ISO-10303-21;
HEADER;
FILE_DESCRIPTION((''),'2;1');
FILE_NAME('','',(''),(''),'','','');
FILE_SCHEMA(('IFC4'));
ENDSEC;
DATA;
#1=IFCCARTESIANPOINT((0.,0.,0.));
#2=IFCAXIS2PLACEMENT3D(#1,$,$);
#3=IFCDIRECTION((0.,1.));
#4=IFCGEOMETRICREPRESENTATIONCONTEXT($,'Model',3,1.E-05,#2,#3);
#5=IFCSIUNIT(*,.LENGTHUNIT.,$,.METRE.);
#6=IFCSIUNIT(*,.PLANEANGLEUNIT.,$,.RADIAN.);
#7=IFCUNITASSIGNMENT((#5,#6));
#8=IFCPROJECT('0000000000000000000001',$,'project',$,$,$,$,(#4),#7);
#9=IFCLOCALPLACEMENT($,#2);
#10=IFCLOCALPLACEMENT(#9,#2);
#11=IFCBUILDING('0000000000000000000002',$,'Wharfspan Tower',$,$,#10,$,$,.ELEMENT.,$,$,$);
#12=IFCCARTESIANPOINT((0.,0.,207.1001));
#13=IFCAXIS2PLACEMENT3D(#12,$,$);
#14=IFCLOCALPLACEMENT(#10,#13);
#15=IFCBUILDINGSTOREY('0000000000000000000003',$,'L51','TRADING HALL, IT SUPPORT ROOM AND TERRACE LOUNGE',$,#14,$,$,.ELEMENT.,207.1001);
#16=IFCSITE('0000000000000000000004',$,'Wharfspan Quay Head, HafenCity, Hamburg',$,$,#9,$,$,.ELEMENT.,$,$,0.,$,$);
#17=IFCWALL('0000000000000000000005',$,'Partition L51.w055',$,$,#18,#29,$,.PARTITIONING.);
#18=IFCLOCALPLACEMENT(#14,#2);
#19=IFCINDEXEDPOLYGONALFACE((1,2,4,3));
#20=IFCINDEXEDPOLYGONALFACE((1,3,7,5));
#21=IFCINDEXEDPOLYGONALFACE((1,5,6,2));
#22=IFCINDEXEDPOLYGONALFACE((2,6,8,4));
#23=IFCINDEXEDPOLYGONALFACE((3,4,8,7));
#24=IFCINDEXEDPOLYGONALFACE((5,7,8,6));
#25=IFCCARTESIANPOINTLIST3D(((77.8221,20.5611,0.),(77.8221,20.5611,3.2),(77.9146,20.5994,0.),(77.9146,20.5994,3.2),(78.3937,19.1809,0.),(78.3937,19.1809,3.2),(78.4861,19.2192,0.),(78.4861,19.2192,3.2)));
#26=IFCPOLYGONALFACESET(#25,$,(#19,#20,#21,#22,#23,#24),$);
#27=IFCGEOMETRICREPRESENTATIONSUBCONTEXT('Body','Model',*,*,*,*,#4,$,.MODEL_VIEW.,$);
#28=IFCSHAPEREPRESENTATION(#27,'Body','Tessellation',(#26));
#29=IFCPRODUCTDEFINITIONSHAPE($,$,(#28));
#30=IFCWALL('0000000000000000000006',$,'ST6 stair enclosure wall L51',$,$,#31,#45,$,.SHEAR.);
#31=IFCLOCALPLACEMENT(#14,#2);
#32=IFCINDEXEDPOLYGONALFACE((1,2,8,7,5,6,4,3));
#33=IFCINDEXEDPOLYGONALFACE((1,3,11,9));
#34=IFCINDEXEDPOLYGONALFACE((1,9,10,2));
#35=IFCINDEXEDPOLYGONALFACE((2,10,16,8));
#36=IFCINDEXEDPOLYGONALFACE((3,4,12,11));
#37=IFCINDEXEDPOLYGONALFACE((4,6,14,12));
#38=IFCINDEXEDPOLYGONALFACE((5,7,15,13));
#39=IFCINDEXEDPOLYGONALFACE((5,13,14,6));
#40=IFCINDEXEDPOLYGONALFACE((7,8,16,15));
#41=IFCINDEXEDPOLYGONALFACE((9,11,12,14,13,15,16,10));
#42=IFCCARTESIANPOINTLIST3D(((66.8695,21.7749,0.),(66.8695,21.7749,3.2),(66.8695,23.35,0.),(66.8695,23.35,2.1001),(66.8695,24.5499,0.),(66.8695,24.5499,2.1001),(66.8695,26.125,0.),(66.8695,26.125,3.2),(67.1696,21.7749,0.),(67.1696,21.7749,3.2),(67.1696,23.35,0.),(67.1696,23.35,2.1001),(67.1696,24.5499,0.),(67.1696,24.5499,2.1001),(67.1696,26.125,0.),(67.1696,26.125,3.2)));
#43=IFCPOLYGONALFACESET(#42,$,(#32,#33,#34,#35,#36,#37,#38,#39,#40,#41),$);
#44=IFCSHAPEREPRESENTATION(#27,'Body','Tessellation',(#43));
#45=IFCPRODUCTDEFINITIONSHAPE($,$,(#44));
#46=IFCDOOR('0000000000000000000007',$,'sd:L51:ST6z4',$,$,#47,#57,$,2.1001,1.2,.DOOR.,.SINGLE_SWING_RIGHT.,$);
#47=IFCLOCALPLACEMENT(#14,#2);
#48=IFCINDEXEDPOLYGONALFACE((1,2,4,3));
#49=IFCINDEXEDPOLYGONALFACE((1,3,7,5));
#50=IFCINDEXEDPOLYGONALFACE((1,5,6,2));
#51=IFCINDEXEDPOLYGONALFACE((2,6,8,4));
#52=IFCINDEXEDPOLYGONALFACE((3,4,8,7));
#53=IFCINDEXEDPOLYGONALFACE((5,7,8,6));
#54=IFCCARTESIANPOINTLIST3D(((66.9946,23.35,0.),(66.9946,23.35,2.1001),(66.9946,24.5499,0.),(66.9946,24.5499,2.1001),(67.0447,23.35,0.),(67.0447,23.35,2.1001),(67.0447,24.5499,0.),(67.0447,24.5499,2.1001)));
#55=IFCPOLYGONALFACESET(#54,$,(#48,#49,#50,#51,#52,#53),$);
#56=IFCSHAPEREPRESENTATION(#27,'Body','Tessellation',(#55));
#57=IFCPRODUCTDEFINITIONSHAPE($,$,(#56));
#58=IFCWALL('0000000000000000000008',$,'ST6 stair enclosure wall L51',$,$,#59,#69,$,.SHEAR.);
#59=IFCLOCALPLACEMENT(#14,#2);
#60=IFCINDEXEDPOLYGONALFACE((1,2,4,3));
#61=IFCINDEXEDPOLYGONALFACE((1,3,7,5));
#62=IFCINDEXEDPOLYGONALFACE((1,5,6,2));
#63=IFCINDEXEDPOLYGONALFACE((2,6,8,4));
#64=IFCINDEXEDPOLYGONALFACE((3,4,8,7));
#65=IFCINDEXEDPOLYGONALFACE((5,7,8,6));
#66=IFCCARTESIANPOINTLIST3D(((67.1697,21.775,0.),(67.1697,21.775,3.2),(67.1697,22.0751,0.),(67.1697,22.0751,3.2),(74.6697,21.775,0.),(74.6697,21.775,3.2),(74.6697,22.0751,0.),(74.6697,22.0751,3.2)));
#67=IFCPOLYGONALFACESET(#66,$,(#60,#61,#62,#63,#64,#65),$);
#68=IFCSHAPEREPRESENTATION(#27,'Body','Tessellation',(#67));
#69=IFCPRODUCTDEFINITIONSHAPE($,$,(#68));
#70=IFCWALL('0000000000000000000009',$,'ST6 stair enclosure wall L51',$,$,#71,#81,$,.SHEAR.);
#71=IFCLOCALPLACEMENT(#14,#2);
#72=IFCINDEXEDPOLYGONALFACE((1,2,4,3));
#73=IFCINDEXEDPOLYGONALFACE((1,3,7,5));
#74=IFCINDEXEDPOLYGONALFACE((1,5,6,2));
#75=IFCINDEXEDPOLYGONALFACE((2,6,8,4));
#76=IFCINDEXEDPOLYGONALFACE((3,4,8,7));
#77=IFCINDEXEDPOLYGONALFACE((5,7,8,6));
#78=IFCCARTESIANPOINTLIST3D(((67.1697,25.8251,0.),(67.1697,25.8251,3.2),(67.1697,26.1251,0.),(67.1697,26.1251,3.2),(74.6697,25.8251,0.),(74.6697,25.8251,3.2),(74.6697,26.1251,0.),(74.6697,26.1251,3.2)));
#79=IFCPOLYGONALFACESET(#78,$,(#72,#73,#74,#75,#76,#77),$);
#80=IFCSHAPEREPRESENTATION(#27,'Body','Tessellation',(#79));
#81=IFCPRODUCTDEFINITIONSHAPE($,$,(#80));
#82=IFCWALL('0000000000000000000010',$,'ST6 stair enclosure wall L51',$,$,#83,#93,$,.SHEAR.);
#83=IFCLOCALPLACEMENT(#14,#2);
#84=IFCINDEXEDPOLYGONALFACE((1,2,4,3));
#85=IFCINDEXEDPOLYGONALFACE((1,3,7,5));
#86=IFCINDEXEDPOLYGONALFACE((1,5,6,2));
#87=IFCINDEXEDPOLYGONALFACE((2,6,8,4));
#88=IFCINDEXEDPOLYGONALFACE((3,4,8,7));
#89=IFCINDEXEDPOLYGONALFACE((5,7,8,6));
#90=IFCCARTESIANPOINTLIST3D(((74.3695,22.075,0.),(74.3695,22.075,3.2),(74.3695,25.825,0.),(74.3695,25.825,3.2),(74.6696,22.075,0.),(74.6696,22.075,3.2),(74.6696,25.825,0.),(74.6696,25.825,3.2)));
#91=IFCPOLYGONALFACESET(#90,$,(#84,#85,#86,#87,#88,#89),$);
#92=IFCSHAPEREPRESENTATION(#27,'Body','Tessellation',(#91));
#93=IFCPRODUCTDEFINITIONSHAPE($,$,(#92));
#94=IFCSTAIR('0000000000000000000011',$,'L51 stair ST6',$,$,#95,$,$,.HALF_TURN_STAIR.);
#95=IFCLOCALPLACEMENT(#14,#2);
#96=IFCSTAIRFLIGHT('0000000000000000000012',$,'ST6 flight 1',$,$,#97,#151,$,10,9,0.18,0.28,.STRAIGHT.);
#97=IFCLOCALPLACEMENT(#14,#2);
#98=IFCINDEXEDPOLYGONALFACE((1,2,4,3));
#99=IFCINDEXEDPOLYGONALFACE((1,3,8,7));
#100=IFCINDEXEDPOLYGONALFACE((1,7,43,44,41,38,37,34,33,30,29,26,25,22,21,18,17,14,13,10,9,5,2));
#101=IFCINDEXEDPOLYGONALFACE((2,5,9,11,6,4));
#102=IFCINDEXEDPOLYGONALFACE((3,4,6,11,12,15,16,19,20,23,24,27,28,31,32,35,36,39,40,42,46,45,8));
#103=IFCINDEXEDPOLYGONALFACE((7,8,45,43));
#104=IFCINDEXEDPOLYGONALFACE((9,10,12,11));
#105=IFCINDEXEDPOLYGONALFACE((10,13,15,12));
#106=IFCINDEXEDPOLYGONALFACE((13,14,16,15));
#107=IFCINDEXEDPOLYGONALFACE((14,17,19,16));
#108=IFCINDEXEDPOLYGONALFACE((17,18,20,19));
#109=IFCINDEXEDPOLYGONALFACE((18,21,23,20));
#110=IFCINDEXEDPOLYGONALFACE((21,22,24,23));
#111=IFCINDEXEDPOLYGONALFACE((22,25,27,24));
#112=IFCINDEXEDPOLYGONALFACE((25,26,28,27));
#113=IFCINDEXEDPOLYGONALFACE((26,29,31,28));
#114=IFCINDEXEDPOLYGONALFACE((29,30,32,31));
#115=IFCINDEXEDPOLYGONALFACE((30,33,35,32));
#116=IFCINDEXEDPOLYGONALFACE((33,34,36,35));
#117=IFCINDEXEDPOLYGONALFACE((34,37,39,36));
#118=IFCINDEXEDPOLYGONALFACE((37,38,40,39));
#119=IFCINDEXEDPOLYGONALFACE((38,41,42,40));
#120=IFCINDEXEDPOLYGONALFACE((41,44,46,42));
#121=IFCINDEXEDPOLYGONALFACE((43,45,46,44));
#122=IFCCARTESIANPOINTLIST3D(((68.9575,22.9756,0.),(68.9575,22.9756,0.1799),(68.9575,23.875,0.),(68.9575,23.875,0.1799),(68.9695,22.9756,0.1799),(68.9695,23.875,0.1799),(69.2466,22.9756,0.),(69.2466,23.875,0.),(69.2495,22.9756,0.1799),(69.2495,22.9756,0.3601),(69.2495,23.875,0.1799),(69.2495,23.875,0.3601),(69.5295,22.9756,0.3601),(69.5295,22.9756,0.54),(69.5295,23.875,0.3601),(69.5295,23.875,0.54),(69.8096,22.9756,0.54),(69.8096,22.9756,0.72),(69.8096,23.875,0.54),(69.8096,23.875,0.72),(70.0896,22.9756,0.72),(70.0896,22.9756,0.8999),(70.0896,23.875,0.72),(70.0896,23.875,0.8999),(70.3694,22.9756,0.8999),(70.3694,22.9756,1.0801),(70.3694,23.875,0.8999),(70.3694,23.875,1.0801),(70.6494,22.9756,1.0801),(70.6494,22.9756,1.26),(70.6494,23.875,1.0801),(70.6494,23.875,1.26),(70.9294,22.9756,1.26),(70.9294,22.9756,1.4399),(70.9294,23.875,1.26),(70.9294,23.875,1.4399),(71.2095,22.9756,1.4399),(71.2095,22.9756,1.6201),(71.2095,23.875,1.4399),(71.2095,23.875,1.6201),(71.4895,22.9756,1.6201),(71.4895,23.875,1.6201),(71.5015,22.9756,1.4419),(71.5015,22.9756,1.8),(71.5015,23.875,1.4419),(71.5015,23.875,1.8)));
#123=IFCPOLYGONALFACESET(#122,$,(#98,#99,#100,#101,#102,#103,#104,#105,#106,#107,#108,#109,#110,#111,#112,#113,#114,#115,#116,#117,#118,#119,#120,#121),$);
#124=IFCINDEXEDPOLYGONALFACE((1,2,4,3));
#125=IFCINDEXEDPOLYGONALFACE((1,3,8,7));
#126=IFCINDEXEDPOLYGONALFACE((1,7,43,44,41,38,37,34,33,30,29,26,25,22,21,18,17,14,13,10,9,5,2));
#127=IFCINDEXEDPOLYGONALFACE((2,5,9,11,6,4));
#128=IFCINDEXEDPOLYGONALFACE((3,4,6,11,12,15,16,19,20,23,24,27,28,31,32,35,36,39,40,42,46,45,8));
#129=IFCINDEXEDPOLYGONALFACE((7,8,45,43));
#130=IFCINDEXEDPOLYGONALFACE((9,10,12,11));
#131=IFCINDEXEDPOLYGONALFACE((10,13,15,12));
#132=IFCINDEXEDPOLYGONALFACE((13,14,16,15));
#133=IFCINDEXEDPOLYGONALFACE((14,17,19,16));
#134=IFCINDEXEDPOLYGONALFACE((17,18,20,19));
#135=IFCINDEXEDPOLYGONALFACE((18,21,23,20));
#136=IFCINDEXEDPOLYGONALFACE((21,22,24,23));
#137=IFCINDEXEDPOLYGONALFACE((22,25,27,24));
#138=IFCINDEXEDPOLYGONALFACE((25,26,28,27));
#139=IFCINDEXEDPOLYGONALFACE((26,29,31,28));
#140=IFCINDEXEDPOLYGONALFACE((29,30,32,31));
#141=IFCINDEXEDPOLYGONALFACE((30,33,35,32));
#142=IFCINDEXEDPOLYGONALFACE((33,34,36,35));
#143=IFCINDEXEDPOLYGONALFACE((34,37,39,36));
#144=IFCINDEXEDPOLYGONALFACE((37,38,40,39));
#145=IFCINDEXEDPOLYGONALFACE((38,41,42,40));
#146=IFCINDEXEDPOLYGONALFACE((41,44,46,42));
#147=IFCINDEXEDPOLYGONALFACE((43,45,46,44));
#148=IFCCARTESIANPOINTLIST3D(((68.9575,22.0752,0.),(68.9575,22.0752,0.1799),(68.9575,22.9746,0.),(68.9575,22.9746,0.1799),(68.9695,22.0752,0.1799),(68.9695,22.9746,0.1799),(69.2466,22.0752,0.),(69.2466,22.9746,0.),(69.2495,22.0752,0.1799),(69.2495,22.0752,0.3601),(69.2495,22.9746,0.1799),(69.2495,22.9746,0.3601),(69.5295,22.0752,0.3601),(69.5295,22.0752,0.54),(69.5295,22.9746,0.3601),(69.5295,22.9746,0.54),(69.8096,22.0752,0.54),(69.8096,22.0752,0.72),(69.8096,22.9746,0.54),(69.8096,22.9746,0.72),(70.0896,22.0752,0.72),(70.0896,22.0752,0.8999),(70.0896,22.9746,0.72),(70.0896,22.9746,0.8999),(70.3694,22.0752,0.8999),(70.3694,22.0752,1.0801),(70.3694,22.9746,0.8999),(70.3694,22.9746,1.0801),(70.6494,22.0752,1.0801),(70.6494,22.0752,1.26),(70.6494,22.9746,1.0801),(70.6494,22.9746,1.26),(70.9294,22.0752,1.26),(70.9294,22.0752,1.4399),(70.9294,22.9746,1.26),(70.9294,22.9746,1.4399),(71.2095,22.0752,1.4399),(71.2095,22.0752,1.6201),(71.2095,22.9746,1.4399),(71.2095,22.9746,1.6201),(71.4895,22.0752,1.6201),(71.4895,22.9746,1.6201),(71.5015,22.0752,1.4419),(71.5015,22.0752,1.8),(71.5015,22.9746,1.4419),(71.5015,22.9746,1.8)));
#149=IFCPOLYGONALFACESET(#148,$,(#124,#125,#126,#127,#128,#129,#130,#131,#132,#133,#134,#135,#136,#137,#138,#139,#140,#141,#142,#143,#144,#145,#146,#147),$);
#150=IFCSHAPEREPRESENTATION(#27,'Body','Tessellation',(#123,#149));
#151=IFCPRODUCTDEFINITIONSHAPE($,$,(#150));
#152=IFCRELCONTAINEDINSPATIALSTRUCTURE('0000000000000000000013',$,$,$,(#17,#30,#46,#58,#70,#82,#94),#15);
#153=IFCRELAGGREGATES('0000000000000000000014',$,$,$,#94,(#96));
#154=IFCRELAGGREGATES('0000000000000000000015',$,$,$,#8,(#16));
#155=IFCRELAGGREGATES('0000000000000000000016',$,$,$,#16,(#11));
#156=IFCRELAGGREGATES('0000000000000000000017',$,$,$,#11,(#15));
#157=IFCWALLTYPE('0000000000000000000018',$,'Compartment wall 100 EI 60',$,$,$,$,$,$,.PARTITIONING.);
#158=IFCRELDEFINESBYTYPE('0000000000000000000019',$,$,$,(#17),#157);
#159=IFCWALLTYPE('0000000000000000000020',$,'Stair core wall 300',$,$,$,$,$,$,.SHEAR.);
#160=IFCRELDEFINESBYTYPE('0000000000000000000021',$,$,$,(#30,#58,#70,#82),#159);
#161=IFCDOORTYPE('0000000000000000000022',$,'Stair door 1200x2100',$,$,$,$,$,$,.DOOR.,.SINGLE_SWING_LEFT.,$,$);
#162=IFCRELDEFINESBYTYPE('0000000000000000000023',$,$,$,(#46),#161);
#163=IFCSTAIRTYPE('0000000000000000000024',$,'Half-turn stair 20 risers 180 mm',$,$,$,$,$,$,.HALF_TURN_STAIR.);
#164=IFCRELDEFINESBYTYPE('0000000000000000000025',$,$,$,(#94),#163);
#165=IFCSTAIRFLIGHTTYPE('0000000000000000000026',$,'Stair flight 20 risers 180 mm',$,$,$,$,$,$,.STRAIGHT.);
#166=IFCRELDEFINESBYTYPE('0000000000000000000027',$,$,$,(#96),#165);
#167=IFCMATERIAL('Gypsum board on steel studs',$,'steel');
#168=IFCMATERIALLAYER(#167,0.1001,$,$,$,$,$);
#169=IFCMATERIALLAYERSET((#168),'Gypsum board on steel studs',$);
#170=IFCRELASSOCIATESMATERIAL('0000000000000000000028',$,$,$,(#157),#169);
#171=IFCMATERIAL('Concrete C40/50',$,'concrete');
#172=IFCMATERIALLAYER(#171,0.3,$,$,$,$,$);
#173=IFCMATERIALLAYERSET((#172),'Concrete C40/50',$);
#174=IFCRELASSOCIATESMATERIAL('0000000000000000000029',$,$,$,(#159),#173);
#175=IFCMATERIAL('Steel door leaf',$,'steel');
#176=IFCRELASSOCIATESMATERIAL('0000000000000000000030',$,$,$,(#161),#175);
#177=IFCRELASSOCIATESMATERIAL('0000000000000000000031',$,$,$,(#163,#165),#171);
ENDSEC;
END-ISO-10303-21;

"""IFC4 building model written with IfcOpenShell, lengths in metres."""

from ifc_helpers import new_model, si_unit, direction, frame, frame_2d, origin, place, context, subcontext, project, spatial, polyline, rectangle, outline, extrude, material, layer, layer_set, type_object, element, fill, aggregate, save


model = new_model("IFC4")

# Units and contexts
model_context = context("Model", 3, precision=1e-05, world=origin(), true_north=direction((0.0, 1.0)))
body_context = subcontext(model_context, "Body", "Model", "MODEL_VIEW")
ifc_project = project(units=[si_unit("LENGTHUNIT", "METRE"), si_unit("PLANEANGLEUNIT", "RADIAN")], contexts=[model_context])

# Site, building, storey
site_placement = place(None, origin())
site = spatial("IfcSite", under=ifc_project, at=site_placement, Name="Wharfspan Quay Head, HafenCity, Hamburg", CompositionType="ELEMENT", RefElevation=0.0)
building_placement = place(site_placement, origin())
building = spatial("IfcBuilding", under=site, at=building_placement, Name="Wharfspan Tower", CompositionType="ELEMENT")
storey_placement = place(building_placement, frame((0.0, 0.0, 207.1001)))
storey = spatial("IfcBuildingStorey", under=building, at=storey_placement, Name="L51", Description="TRADING HALL, IT SUPPORT ROOM AND TERRACE LOUNGE", CompositionType="ELEMENT", Elevation=207.1001)

# Shared definitions
ifc_material_1 = material(Name="Gypsum board on steel studs", Category="steel")
ifc_layer_1 = layer(ifc_material_1, 0.1001)
ifc_layer_set_1 = layer_set([ifc_layer_1], Name="Gypsum board on steel studs")
wall_type_1 = type_object("IfcWallType", Name="Compartment wall 100 EI 60", PredefinedType="PARTITIONING", material=ifc_layer_set_1)

# Wall
wall_1_placement = place(storey_placement, frame((78.4399, 19.2, 0.0), z_axis=(0.0, 0.0, 1.0), x_axis=(-0.382605, 0.923907, 0.0)))
element("IfcWall", 1, at=wall_1_placement, inside=storey, type_object=wall_type_1, Name="Partition L51.w055", PredefinedType="PARTITIONING", context=body_context, shape_type="SweptSolid", body=[
    extrude(rectangle(XDim=1.4939, YDim=0.1001, at=frame_2d((0.7471, 0.0))), origin(), (0.0, 0.0, 1.0), 3.2),
])

# Wall, opening, door
ifc_material_2 = material(Name="Concrete C40/50", Category="concrete")
ifc_layer_2 = layer(ifc_material_2, 0.3)
ifc_layer_set_2 = layer_set([ifc_layer_2], Name="Concrete C40/50")
wall_type_2 = type_object("IfcWallType", Name="Stair core wall 300", PredefinedType="SHEAR", material=ifc_layer_set_2)
wall_2_placement = place(storey_placement, frame((67.0195, 21.7749, 0.0), z_axis=(0.0, 0.0, 1.0), x_axis=(0.0, 1.0, 0.0)))
wall_2 = element("IfcWall", 2, at=wall_2_placement, inside=storey, type_object=wall_type_2, Name="ST6 stair enclosure wall L51", PredefinedType="SHEAR", context=body_context, shape_type="SweptSolid", body=[
    extrude(rectangle(XDim=4.3501, YDim=0.3, at=frame_2d((2.175, 0.0))), origin(), (0.0, 0.0, 1.0), 3.2),
])
opening_1_placement = place(wall_2_placement, frame((1.575, 0.0, 0.0)))
opening_1 = element("IfcOpeningElement", 3, at=opening_1_placement, cuts=wall_2, PredefinedType="OPENING", context=body_context, shape_type="SweptSolid", body=[
    extrude(rectangle(XDim=1.2, YDim=2.1001, at=frame_2d((0.6001, 1.05))), frame((0.0, 0.1599, 0.0), z_axis=(0.0, -1.0, 0.0), x_axis=(1.0, 0.0, 0.0)), (0.0, 0.0, 1.0), 0.3201),
])
ifc_material_3 = material(Name="Steel door leaf", Category="steel")
door_type_1 = type_object("IfcDoorType", Name="Stair door 1200x2100", OperationType="SINGLE_SWING_LEFT", PredefinedType="DOOR", material=ifc_material_3)
door_1_placement = place(opening_1_placement, origin())
door_1 = element("IfcDoor", 4, at=door_1_placement, inside=storey, type_object=door_type_1, Name="sd:L51:ST6z4", OperationType="SINGLE_SWING_RIGHT", OverallHeight=2.1001, OverallWidth=1.2, PredefinedType="DOOR", context=body_context, shape_type="SweptSolid", body=[
    extrude(rectangle(XDim=1.2, YDim=2.1001, at=frame_2d((0.6001, 1.05))), frame((0.0, 0.0249, 0.0), z_axis=(0.0, -1.0, 0.0), x_axis=(1.0, 0.0, 0.0)), (0.0, 0.0, 1.0), 0.05),
])
fill(opening_1, door_1)

# Walls
for number, where, z_axis, x_axis, name in (
    (5, (67.1697, 21.925, 0.0), (0.0, 0.0, 1.0), (1.0, 0.0, 0.0), "ST6 stair enclosure wall L51"),
    (6, (67.1697, 25.9751, 0.0), (0.0, 0.0, 1.0), (1.0, 0.0, 0.0), "ST6 stair enclosure wall L51"),
):
    element("IfcWall", number, at=place(storey_placement, frame(where, z_axis=z_axis, x_axis=x_axis)), inside=storey, type_object=wall_type_2, Name=name, PredefinedType="SHEAR", context=body_context, shape_type="SweptSolid", body=[
        extrude(rectangle(XDim=7.5, YDim=0.3, at=frame_2d((3.75, 0.0))), origin(), (0.0, 0.0, 1.0), 3.2),
    ])
wall_3_placement = place(storey_placement, frame((74.5195, 22.075, 0.0), z_axis=(0.0, 0.0, 1.0), x_axis=(0.0, 1.0, 0.0)))
element("IfcWall", 7, at=wall_3_placement, inside=storey, type_object=wall_type_2, Name="ST6 stair enclosure wall L51", PredefinedType="SHEAR", context=body_context, shape_type="SweptSolid", body=[
    extrude(rectangle(XDim=3.75, YDim=0.3, at=frame_2d((1.875, 0.0))), origin(), (0.0, 0.0, 1.0), 3.2),
])

# Stair, stair flight
stair_type = type_object("IfcStairType", Name="Half-turn stair 20 risers 180 mm", PredefinedType="HALF_TURN_STAIR", material=ifc_material_2)
stair_placement = place(storey_placement, origin())
stair = element("IfcStair", 8, at=stair_placement, inside=storey, type_object=stair_type, Name="L51 stair ST6", PredefinedType="HALF_TURN_STAIR")
stair_flight_type = type_object("IfcStairFlightType", Name="Stair flight 20 risers 180 mm", PredefinedType="STRAIGHT", material=ifc_material_2)
stair_flight_1_placement = place(storey_placement, frame((68.9695, 22.9751, 0.0), z_axis=(0.0, 0.0, 1.0), x_axis=(1.0, 0.0, 0.0)))
stair_flight_1 = element("IfcStairFlight", 9, at=stair_flight_1_placement, type_object=stair_flight_type, Name="ST6 flight 1", NumberOfRisers=10, NumberOfTreads=9, PredefinedType="STRAIGHT", RiserHeight=0.18, TreadLength=0.28, context=body_context, shape_type="SweptSolid", body=[
    extrude(outline(polyline([(-0.012, 0.0), (-0.012, 0.1799), (0.0, 0.1799), (0.28, 0.1799), (0.28, 0.3601), (0.5601, 0.3601), (0.5601, 0.54), (0.8401, 0.54), (0.8401, 0.72), (1.1201, 0.72), (1.1201, 0.8999), (1.3999, 0.8999), (1.3999, 1.0801), (1.6799, 1.0801), (1.6799, 1.26), (1.96, 1.26), (1.96, 1.4399), (2.24, 1.4399), (2.24, 1.6201), (2.52, 1.6201), (2.532, 1.8), (2.532, 1.4419), (0.2771, 0.0), (-0.012, 0.0)])), frame((0.0, 0.8999, 0.0), z_axis=(0.0, -1.0, 0.0), x_axis=(1.0, 0.0, 0.0)), (0.0, 0.0, 1.0), 0.8994),
    extrude(outline(polyline([(-0.012, 0.0), (-0.012, 0.1799), (0.0, 0.1799), (0.28, 0.1799), (0.28, 0.3601), (0.5601, 0.3601), (0.5601, 0.54), (0.8401, 0.54), (0.8401, 0.72), (1.1201, 0.72), (1.1201, 0.8999), (1.3999, 0.8999), (1.3999, 1.0801), (1.6799, 1.0801), (1.6799, 1.26), (1.96, 1.26), (1.96, 1.4399), (2.24, 1.4399), (2.24, 1.6201), (2.52, 1.6201), (2.532, 1.8), (2.532, 1.4419), (0.2771, 0.0), (-0.012, 0.0)])), frame((0.0, -0.0005, 0.0), z_axis=(0.0, -1.0, 0.0), x_axis=(1.0, 0.0, 0.0)), (0.0, 0.0, 1.0), 0.8994),
])
aggregate(stair, [stair_flight_1])

save(model, "model.ifc")
